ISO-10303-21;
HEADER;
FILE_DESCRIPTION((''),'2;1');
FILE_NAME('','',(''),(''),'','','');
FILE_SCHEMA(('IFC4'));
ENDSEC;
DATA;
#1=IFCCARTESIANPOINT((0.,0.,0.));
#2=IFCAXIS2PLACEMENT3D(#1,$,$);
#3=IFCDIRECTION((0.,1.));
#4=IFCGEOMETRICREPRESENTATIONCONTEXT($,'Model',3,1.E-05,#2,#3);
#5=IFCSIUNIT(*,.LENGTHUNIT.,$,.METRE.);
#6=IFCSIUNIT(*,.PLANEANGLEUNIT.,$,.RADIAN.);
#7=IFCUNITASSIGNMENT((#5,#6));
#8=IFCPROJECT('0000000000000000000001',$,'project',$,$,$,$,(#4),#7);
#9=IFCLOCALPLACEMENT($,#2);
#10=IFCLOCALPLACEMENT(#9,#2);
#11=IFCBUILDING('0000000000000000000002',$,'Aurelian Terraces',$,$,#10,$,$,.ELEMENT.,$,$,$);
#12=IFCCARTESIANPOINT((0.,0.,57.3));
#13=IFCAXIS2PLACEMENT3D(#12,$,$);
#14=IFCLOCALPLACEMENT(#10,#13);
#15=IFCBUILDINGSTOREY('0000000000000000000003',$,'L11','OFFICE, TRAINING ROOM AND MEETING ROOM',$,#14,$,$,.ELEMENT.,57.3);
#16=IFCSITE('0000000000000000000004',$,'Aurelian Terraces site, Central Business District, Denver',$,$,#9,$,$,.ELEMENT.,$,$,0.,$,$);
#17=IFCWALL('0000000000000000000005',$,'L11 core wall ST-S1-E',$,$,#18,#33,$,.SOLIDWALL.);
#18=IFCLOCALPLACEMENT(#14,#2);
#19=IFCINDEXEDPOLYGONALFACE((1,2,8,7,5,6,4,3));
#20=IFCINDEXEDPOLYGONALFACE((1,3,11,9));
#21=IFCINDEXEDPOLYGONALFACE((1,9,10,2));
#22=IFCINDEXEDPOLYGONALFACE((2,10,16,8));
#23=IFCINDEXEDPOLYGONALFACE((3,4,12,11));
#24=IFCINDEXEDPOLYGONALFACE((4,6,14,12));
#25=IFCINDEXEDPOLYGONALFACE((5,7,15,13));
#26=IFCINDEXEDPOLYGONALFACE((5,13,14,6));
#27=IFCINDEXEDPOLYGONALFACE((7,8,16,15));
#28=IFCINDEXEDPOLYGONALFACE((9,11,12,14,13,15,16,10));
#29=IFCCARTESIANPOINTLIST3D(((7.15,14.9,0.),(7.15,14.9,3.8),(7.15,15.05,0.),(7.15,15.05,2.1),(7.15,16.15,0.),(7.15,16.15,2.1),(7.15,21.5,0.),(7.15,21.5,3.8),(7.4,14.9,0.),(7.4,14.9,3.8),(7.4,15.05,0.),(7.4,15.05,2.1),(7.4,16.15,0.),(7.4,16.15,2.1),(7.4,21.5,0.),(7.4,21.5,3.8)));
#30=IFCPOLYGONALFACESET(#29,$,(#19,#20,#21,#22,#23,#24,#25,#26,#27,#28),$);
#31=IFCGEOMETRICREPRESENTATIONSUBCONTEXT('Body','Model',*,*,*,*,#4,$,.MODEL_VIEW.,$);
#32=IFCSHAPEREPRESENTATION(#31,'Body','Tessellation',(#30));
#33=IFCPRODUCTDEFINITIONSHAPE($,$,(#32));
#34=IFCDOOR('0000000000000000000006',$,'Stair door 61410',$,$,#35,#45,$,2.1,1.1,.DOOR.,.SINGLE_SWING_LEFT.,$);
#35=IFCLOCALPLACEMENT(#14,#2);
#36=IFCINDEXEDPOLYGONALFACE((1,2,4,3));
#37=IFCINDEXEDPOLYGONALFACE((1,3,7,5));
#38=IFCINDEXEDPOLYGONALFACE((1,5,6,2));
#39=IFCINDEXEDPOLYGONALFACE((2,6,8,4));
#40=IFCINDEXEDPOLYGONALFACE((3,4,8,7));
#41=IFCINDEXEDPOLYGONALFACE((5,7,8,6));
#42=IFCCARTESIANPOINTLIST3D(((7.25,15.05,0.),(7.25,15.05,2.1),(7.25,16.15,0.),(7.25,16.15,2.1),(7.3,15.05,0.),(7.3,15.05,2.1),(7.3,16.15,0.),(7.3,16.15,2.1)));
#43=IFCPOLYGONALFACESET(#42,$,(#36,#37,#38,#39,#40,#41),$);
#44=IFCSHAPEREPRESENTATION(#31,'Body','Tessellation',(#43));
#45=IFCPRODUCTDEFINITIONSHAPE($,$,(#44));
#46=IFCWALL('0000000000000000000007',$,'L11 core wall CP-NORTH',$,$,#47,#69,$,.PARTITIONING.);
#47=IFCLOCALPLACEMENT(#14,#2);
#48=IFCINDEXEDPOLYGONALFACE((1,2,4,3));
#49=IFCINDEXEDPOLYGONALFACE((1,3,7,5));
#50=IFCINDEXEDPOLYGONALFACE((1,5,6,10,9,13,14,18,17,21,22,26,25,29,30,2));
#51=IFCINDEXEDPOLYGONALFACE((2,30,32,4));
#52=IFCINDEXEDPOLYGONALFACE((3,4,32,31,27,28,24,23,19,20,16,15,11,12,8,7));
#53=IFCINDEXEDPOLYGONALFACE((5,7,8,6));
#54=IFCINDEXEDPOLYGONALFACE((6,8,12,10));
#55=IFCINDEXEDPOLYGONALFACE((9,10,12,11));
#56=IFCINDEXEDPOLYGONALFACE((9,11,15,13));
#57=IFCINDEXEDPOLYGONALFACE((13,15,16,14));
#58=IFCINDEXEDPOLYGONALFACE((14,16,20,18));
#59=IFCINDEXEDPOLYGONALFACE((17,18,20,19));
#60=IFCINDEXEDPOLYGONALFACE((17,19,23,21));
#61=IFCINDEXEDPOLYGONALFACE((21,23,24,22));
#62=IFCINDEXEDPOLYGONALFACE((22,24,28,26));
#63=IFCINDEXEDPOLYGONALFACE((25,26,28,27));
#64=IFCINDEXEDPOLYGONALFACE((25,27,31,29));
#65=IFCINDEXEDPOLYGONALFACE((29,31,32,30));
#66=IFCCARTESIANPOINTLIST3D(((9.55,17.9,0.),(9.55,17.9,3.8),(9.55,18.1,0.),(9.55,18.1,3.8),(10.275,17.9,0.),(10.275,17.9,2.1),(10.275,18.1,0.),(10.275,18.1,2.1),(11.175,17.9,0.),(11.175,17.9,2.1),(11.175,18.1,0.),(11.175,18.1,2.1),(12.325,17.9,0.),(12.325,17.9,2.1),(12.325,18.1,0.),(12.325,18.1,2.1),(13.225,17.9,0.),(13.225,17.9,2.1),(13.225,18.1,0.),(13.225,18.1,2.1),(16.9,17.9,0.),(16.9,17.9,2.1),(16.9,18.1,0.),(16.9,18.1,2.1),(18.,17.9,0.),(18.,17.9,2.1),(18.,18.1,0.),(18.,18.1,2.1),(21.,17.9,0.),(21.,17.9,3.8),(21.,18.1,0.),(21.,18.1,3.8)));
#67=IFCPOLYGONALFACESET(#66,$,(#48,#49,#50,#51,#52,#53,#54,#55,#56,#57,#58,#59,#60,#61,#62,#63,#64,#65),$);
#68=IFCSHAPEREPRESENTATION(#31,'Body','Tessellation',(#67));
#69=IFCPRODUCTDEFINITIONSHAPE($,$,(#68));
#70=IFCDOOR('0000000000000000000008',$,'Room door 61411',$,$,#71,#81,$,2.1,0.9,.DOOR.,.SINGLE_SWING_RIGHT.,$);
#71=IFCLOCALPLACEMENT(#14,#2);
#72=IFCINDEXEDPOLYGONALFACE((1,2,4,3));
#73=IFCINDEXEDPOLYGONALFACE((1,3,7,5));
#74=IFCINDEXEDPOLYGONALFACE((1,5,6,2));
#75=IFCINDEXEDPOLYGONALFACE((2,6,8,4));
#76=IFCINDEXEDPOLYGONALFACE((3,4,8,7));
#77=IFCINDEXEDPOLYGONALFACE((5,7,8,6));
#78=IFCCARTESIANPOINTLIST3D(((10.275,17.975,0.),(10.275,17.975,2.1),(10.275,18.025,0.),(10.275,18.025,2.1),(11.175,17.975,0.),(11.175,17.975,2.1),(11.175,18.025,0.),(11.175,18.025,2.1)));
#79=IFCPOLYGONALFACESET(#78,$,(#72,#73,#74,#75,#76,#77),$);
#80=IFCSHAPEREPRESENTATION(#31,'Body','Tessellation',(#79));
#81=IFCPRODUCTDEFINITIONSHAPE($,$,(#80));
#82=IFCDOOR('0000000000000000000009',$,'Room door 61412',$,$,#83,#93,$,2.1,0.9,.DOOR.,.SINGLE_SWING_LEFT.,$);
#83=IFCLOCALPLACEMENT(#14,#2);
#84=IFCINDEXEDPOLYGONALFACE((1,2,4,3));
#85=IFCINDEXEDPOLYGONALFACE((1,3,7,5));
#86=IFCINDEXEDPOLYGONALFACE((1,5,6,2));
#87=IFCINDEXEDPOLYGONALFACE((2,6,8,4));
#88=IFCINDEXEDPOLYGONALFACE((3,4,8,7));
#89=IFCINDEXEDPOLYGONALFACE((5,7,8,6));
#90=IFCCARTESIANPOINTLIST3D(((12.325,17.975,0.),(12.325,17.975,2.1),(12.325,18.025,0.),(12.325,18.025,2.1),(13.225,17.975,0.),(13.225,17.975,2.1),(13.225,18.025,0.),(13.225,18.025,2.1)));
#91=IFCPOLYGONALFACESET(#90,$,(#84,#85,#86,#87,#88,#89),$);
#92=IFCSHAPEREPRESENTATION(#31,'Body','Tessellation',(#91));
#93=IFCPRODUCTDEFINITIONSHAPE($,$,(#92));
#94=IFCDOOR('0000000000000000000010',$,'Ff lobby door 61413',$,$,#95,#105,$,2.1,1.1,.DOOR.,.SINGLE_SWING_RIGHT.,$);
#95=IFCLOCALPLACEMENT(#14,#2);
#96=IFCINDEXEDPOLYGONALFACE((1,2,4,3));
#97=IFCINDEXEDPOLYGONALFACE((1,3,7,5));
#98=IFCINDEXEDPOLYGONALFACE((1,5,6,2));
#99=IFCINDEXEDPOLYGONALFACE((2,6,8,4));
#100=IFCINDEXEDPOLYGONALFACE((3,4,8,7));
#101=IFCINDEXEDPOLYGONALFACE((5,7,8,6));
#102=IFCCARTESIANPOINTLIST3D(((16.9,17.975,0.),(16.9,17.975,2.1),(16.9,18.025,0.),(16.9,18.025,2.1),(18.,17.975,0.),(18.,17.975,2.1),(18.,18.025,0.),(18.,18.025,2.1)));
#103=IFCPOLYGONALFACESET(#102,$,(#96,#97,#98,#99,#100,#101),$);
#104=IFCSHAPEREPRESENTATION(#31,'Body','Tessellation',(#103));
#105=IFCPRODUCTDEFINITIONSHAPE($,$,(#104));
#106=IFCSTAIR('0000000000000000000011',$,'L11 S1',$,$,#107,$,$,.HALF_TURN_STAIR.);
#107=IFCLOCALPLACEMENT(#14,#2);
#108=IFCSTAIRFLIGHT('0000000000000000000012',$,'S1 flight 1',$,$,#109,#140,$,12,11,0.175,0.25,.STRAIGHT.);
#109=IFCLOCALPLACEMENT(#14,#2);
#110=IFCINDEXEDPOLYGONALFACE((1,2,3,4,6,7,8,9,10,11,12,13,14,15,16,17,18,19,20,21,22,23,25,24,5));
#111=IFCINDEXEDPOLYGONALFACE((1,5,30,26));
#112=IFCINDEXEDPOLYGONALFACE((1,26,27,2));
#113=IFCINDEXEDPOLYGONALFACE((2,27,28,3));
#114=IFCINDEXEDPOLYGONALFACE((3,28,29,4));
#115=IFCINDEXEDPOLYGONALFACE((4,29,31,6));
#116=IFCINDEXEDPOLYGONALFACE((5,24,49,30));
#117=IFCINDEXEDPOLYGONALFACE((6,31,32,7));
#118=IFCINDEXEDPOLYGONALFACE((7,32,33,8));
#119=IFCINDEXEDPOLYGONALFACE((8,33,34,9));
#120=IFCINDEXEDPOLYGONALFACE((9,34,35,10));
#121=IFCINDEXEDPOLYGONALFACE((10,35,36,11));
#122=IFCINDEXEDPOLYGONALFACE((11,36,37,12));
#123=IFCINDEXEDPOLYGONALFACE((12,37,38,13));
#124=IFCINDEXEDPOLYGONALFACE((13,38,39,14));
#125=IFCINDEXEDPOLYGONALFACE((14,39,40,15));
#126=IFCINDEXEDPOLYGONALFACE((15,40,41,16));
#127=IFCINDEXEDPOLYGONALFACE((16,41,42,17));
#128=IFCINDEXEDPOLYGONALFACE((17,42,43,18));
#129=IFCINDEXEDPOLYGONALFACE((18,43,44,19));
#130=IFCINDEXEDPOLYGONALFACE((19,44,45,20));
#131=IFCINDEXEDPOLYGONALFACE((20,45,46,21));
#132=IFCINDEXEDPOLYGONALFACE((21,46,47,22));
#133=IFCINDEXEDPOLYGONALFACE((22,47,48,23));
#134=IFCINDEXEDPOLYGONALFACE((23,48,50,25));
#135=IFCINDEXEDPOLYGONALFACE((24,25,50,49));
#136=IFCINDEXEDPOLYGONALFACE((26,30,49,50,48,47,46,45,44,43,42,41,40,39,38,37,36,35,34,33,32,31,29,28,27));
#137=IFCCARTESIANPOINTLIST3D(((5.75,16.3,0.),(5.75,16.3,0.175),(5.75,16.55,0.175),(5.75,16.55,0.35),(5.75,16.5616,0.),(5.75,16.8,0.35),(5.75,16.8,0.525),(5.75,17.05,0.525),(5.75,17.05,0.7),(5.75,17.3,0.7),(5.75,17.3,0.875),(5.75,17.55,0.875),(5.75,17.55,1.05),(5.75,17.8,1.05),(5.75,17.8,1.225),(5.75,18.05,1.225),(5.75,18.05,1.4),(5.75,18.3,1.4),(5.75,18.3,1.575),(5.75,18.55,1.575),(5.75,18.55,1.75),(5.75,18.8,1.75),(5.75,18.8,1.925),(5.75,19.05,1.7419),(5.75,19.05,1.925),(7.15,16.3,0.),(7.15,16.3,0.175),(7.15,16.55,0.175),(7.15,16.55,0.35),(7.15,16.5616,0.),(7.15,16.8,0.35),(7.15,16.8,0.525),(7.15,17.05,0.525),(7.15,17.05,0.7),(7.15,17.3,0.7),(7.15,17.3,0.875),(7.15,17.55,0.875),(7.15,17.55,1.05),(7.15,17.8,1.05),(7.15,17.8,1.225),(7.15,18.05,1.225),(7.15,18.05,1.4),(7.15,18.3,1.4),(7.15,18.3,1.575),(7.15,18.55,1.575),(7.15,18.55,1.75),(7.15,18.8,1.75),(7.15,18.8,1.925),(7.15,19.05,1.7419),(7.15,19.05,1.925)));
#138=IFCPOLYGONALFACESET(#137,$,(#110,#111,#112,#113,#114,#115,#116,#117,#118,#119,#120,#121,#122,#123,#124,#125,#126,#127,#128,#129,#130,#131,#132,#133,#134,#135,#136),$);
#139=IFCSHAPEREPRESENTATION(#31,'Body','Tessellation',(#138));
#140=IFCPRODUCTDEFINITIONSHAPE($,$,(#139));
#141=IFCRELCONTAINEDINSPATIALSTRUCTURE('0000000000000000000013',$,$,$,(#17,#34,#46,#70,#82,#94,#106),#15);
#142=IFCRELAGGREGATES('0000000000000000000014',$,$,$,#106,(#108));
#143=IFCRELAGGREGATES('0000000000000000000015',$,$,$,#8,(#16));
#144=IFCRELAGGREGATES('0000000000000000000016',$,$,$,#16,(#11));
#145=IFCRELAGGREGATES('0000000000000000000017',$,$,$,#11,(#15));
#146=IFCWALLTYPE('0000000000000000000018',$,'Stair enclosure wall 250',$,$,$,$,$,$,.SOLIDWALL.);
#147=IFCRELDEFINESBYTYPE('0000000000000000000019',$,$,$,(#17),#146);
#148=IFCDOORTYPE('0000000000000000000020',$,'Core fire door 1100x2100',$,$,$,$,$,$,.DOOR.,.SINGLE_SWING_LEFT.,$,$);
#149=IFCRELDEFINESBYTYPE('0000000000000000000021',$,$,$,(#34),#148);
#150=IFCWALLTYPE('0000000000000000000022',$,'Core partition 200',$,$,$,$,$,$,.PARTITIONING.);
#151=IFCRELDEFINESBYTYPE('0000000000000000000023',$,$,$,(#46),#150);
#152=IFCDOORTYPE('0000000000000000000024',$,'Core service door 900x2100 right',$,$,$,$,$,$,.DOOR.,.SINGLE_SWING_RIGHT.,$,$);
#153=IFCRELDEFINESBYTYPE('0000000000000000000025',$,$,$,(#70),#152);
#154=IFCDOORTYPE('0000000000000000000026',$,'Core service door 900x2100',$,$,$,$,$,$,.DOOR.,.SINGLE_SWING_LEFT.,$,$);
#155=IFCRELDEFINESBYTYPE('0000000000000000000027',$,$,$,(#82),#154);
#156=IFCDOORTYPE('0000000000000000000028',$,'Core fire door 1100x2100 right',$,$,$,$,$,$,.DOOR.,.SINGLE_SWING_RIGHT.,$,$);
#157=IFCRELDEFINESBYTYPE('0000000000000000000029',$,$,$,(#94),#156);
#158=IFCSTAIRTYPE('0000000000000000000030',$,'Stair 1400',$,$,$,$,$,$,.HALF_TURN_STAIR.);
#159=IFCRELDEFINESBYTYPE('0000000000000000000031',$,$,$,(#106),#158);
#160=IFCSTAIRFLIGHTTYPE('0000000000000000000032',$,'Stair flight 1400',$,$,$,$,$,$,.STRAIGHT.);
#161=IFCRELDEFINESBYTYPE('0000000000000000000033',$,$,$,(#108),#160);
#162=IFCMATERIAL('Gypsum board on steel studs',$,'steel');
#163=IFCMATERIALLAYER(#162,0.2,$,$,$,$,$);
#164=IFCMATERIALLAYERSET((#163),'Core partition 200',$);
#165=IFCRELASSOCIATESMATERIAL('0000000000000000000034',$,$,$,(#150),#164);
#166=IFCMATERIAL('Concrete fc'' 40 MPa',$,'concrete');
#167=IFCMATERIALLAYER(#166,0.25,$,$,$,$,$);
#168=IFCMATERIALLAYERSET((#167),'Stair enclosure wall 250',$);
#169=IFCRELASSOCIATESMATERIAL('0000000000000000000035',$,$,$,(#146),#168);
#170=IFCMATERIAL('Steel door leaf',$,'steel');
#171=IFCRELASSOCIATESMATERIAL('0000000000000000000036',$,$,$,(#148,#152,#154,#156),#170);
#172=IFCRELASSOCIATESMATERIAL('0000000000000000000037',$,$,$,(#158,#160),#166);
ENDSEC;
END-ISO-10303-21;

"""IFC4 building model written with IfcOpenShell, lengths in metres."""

from ifc_helpers import new_model, si_unit, direction, frame, frame_2d, origin, place, context, subcontext, project, spatial, polyline, rectangle, outline, extrude, source, transform, mapped, material, layer, layer_set, type_object, element, fill, aggregate, save


model = new_model("IFC4")

# Units and contexts
model_context = context("Model", 3, precision=1e-05, world=origin(), true_north=direction((0.0, 1.0)))
body_context = subcontext(model_context, "Body", "Model", "MODEL_VIEW")
ifc_project = project(units=[si_unit("LENGTHUNIT", "METRE"), si_unit("PLANEANGLEUNIT", "RADIAN")], contexts=[model_context])

# Site, building, storey
site_placement = place(None, origin())
site = spatial("IfcSite", under=ifc_project, at=site_placement, Name="Aurelian Terraces site, Central Business District, Denver", CompositionType="ELEMENT", RefElevation=0.0)
building_placement = place(site_placement, origin())
building = spatial("IfcBuilding", under=site, at=building_placement, Name="Aurelian Terraces", CompositionType="ELEMENT")
storey_placement = place(building_placement, frame((0.0, 0.0, 57.3)))
storey = spatial("IfcBuildingStorey", under=building, at=storey_placement, Name="L11", Description="OFFICE, TRAINING ROOM AND MEETING ROOM", CompositionType="ELEMENT", Elevation=57.3)

# Shared definitions
ifc_material_1 = material(Name="Concrete fc' 40 MPa", Category="concrete")

# Shared definitions
shared_shape_1 = source(origin(), body_context, "Body", "SweptSolid", [
    extrude(rectangle(XDim=1.1, YDim=2.1, at=frame_2d((0.55, 1.05))), frame((0.0, 0.11, 0.0), z_axis=(0.0, -1.0, 0.0), x_axis=(1.0, 0.0, 0.0)), (0.0, 0.0, 1.0), 0.22),
])
shared_shape_2 = source(origin(), body_context, "Body", "SweptSolid", [
    extrude(rectangle(XDim=1.1, YDim=2.1, at=frame_2d((0.55, 1.05))), frame((0.0, 0.025, 0.0), z_axis=(0.0, -1.0, 0.0), x_axis=(1.0, 0.0, 0.0)), (0.0, 0.0, 1.0), 0.05),
])

# Shared definitions
ifc_material_2 = material(Name="Gypsum board on steel studs", Category="steel")
ifc_layer_1 = layer(ifc_material_2, 0.2)
ifc_layer_set_1 = layer_set([ifc_layer_1], Name="Core partition 200")
wall_type_1 = type_object("IfcWallType", Name="Core partition 200", PredefinedType="PARTITIONING", material=ifc_layer_set_1)

# Wall, opening, door
ifc_layer_2 = layer(ifc_material_1, 0.25)
ifc_layer_set_2 = layer_set([ifc_layer_2], Name="Stair enclosure wall 250")
wall_type_2 = type_object("IfcWallType", Name="Stair enclosure wall 250", PredefinedType="SOLIDWALL", material=ifc_layer_set_2)
shared_shape_3 = source(origin(), body_context, "Body", "SweptSolid", [
    extrude(rectangle(XDim=6.6, YDim=0.25, at=frame_2d((3.3, 0.0))), origin(), (0.0, 0.0, 1.0), 3.8),
])
wall_1_placement = place(storey_placement, frame((7.275, 14.9, 0.0), z_axis=(0.0, 0.0, 1.0), x_axis=(0.0, 1.0, 0.0)))
wall_1 = element("IfcWall", 1, at=wall_1_placement, inside=storey, type_object=wall_type_2, Name="L11 core wall ST-S1-E", PredefinedType="SOLIDWALL", context=body_context, shape_type="MappedRepresentation", body=[
    mapped(shared_shape_3, transform((0.0, 0.0, 0.0), scale=1.0)),
])
shared_shape_4 = source(origin(), body_context, "Body", "SweptSolid", [
    extrude(rectangle(XDim=1.1, YDim=2.1, at=frame_2d((0.55, 1.05))), frame((0.0, 0.135, 0.0), z_axis=(0.0, -1.0, 0.0), x_axis=(1.0, 0.0, 0.0)), (0.0, 0.0, 1.0), 0.27),
])
opening_1_placement = place(wall_1_placement, frame((0.15, 0.0, 0.0)))
opening_1 = element("IfcOpeningElement", 2, at=opening_1_placement, cuts=wall_1, PredefinedType="OPENING", context=body_context, shape_type="MappedRepresentation", body=[
    mapped(shared_shape_4, transform((0.0, 0.0, 0.0), scale=1.0)),
])
ifc_material_3 = material(Name="Steel door leaf", Category="steel")
door_type_1 = type_object("IfcDoorType", Name="Core fire door 1100x2100", OperationType="SINGLE_SWING_LEFT", PredefinedType="DOOR", material=ifc_material_3)
door_1_placement = place(opening_1_placement, origin())
door_1 = element("IfcDoor", 3, at=door_1_placement, inside=storey, type_object=door_type_1, Name="Stair door 61410", OperationType="SINGLE_SWING_LEFT", OverallHeight=2.1, OverallWidth=1.1, PredefinedType="DOOR", context=body_context, shape_type="MappedRepresentation", body=[
    mapped(shared_shape_2, transform((0.0, 0.0, 0.0), scale=1.0)),
])
fill(opening_1, door_1)

# Wall, openings, doors
shared_shape_5 = source(origin(), body_context, "Body", "SweptSolid", [
    extrude(rectangle(XDim=11.45, YDim=0.2, at=frame_2d((5.725, 0.0))), origin(), (0.0, 0.0, 1.0), 3.8),
])
wall_2_placement = place(storey_placement, frame((9.55, 18.0, 0.0), z_axis=(0.0, 0.0, 1.0), x_axis=(1.0, 0.0, 0.0)))
wall_2 = element("IfcWall", 4, at=wall_2_placement, inside=storey, type_object=wall_type_1, Name="L11 core wall CP-NORTH", PredefinedType="PARTITIONING", context=body_context, shape_type="MappedRepresentation", body=[
    mapped(shared_shape_5, transform((0.0, 0.0, 0.0), scale=1.0)),
])
shared_shape_6 = source(origin(), body_context, "Body", "SweptSolid", [
    extrude(rectangle(XDim=0.9, YDim=2.1, at=frame_2d((0.45, 1.05))), frame((0.0, 0.11, 0.0), z_axis=(0.0, -1.0, 0.0), x_axis=(1.0, 0.0, 0.0)), (0.0, 0.0, 1.0), 0.22),
])
opening_2_placement = place(wall_2_placement, frame((0.725, 0.0, 0.0)))
opening_2 = element("IfcOpeningElement", 5, at=opening_2_placement, cuts=wall_2, PredefinedType="OPENING", context=body_context, shape_type="MappedRepresentation", body=[
    mapped(shared_shape_6, transform((0.0, 0.0, 0.0), scale=1.0)),
])
opening_3_placement = place(wall_2_placement, frame((2.775, 0.0, 0.0)))
opening_3 = element("IfcOpeningElement", 6, at=opening_3_placement, cuts=wall_2, PredefinedType="OPENING", context=body_context, shape_type="MappedRepresentation", body=[
    mapped(shared_shape_6, transform((0.0, 0.0, 0.0), scale=1.0)),
])
opening_4_placement = place(wall_2_placement, frame((7.35, 0.0, 0.0)))
opening_4 = element("IfcOpeningElement", 7, at=opening_4_placement, cuts=wall_2, PredefinedType="OPENING", context=body_context, shape_type="MappedRepresentation", body=[
    mapped(shared_shape_1, transform((0.0, 0.0, 0.0), scale=1.0)),
])
door_type_2 = type_object("IfcDoorType", Name="Core service door 900x2100 right", OperationType="SINGLE_SWING_RIGHT", PredefinedType="DOOR", material=ifc_material_3)
shared_shape_7 = source(origin(), body_context, "Body", "SweptSolid", [
    extrude(rectangle(XDim=0.9, YDim=2.1, at=frame_2d((0.45, 1.05))), frame((0.0, 0.025, 0.0), z_axis=(0.0, -1.0, 0.0), x_axis=(1.0, 0.0, 0.0)), (0.0, 0.0, 1.0), 0.05),
])
door_2_placement = place(opening_2_placement, origin())
door_2 = element("IfcDoor", 8, at=door_2_placement, inside=storey, type_object=door_type_2, Name="Room door 61411", OperationType="SINGLE_SWING_RIGHT", OverallHeight=2.1, OverallWidth=0.9, PredefinedType="DOOR", context=body_context, shape_type="MappedRepresentation", body=[
    mapped(shared_shape_7, transform((0.0, 0.0, 0.0), scale=1.0)),
])
fill(opening_2, door_2)
door_type_3 = type_object("IfcDoorType", Name="Core service door 900x2100", OperationType="SINGLE_SWING_LEFT", PredefinedType="DOOR", material=ifc_material_3)
door_3_placement = place(opening_3_placement, origin())
door_3 = element("IfcDoor", 9, at=door_3_placement, inside=storey, type_object=door_type_3, Name="Room door 61412", OperationType="SINGLE_SWING_LEFT", OverallHeight=2.1, OverallWidth=0.9, PredefinedType="DOOR", context=body_context, shape_type="MappedRepresentation", body=[
    mapped(shared_shape_7, transform((0.0, 0.0, 0.0), scale=1.0)),
])
fill(opening_3, door_3)
door_type_4 = type_object("IfcDoorType", Name="Core fire door 1100x2100 right", OperationType="SINGLE_SWING_RIGHT", PredefinedType="DOOR", material=ifc_material_3)
door_4_placement = place(opening_4_placement, origin())
door_4 = element("IfcDoor", 10, at=door_4_placement, inside=storey, type_object=door_type_4, Name="Ff lobby door 61413", OperationType="SINGLE_SWING_RIGHT", OverallHeight=2.1, OverallWidth=1.1, PredefinedType="DOOR", context=body_context, shape_type="MappedRepresentation", body=[
    mapped(shared_shape_2, transform((0.0, 0.0, 0.0), scale=1.0)),
])
fill(opening_4, door_4)

# Stair, stair flight
stair_type = type_object("IfcStairType", Name="Stair 1400", PredefinedType="HALF_TURN_STAIR", material=ifc_material_1)
stair_placement = place(storey_placement, origin())
stair = element("IfcStair", 11, at=stair_placement, inside=storey, type_object=stair_type, Name="L11 S1", PredefinedType="HALF_TURN_STAIR")
stair_flight_type = type_object("IfcStairFlightType", Name="Stair flight 1400", PredefinedType="STRAIGHT", material=ifc_material_1)
shared_shape_8 = source(origin(), body_context, "Body", "SweptSolid", [
    extrude(outline(polyline([(0.0, 0.0), (0.0, 0.175), (0.25, 0.175), (0.25, 0.35), (0.5, 0.35), (0.5, 0.525), (0.75, 0.525), (0.75, 0.7), (1.0, 0.7), (1.0, 0.875), (1.25, 0.875), (1.25, 1.05), (1.5, 1.05), (1.5, 1.225), (1.75, 1.225), (1.75, 1.4), (2.0, 1.4), (2.0, 1.575), (2.25, 1.575), (2.25, 1.75), (2.5, 1.75), (2.5, 1.925), (2.75, 1.925), (2.75, 2.1), (2.75, 1.7419), (0.2616, 0.0), (0.0, 0.0)])), frame((0.0, 0.7, 0.0), z_axis=(0.0, -1.0, 0.0), x_axis=(1.0, 0.0, 0.0)), (0.0, 0.0, 1.0), 1.4),
])
stair_flight_1_placement = place(storey_placement, frame((6.45, 16.3, 0.0), z_axis=(0.0, 0.0, 1.0), x_axis=(0.0, 1.0, 0.0)))
stair_flight_1 = element("IfcStairFlight", 12, at=stair_flight_1_placement, type_object=stair_flight_type, Name="S1 flight 1", NumberOfRisers=12, NumberOfTreads=11, PredefinedType="STRAIGHT", RiserHeight=0.175, TreadLength=0.25, context=body_context, shape_type="MappedRepresentation", body=[
    mapped(shared_shape_8, transform((0.0, 0.0, 0.0), scale=1.0)),
])
aggregate(stair, [stair_flight_1])

save(model, "model.ifc")
